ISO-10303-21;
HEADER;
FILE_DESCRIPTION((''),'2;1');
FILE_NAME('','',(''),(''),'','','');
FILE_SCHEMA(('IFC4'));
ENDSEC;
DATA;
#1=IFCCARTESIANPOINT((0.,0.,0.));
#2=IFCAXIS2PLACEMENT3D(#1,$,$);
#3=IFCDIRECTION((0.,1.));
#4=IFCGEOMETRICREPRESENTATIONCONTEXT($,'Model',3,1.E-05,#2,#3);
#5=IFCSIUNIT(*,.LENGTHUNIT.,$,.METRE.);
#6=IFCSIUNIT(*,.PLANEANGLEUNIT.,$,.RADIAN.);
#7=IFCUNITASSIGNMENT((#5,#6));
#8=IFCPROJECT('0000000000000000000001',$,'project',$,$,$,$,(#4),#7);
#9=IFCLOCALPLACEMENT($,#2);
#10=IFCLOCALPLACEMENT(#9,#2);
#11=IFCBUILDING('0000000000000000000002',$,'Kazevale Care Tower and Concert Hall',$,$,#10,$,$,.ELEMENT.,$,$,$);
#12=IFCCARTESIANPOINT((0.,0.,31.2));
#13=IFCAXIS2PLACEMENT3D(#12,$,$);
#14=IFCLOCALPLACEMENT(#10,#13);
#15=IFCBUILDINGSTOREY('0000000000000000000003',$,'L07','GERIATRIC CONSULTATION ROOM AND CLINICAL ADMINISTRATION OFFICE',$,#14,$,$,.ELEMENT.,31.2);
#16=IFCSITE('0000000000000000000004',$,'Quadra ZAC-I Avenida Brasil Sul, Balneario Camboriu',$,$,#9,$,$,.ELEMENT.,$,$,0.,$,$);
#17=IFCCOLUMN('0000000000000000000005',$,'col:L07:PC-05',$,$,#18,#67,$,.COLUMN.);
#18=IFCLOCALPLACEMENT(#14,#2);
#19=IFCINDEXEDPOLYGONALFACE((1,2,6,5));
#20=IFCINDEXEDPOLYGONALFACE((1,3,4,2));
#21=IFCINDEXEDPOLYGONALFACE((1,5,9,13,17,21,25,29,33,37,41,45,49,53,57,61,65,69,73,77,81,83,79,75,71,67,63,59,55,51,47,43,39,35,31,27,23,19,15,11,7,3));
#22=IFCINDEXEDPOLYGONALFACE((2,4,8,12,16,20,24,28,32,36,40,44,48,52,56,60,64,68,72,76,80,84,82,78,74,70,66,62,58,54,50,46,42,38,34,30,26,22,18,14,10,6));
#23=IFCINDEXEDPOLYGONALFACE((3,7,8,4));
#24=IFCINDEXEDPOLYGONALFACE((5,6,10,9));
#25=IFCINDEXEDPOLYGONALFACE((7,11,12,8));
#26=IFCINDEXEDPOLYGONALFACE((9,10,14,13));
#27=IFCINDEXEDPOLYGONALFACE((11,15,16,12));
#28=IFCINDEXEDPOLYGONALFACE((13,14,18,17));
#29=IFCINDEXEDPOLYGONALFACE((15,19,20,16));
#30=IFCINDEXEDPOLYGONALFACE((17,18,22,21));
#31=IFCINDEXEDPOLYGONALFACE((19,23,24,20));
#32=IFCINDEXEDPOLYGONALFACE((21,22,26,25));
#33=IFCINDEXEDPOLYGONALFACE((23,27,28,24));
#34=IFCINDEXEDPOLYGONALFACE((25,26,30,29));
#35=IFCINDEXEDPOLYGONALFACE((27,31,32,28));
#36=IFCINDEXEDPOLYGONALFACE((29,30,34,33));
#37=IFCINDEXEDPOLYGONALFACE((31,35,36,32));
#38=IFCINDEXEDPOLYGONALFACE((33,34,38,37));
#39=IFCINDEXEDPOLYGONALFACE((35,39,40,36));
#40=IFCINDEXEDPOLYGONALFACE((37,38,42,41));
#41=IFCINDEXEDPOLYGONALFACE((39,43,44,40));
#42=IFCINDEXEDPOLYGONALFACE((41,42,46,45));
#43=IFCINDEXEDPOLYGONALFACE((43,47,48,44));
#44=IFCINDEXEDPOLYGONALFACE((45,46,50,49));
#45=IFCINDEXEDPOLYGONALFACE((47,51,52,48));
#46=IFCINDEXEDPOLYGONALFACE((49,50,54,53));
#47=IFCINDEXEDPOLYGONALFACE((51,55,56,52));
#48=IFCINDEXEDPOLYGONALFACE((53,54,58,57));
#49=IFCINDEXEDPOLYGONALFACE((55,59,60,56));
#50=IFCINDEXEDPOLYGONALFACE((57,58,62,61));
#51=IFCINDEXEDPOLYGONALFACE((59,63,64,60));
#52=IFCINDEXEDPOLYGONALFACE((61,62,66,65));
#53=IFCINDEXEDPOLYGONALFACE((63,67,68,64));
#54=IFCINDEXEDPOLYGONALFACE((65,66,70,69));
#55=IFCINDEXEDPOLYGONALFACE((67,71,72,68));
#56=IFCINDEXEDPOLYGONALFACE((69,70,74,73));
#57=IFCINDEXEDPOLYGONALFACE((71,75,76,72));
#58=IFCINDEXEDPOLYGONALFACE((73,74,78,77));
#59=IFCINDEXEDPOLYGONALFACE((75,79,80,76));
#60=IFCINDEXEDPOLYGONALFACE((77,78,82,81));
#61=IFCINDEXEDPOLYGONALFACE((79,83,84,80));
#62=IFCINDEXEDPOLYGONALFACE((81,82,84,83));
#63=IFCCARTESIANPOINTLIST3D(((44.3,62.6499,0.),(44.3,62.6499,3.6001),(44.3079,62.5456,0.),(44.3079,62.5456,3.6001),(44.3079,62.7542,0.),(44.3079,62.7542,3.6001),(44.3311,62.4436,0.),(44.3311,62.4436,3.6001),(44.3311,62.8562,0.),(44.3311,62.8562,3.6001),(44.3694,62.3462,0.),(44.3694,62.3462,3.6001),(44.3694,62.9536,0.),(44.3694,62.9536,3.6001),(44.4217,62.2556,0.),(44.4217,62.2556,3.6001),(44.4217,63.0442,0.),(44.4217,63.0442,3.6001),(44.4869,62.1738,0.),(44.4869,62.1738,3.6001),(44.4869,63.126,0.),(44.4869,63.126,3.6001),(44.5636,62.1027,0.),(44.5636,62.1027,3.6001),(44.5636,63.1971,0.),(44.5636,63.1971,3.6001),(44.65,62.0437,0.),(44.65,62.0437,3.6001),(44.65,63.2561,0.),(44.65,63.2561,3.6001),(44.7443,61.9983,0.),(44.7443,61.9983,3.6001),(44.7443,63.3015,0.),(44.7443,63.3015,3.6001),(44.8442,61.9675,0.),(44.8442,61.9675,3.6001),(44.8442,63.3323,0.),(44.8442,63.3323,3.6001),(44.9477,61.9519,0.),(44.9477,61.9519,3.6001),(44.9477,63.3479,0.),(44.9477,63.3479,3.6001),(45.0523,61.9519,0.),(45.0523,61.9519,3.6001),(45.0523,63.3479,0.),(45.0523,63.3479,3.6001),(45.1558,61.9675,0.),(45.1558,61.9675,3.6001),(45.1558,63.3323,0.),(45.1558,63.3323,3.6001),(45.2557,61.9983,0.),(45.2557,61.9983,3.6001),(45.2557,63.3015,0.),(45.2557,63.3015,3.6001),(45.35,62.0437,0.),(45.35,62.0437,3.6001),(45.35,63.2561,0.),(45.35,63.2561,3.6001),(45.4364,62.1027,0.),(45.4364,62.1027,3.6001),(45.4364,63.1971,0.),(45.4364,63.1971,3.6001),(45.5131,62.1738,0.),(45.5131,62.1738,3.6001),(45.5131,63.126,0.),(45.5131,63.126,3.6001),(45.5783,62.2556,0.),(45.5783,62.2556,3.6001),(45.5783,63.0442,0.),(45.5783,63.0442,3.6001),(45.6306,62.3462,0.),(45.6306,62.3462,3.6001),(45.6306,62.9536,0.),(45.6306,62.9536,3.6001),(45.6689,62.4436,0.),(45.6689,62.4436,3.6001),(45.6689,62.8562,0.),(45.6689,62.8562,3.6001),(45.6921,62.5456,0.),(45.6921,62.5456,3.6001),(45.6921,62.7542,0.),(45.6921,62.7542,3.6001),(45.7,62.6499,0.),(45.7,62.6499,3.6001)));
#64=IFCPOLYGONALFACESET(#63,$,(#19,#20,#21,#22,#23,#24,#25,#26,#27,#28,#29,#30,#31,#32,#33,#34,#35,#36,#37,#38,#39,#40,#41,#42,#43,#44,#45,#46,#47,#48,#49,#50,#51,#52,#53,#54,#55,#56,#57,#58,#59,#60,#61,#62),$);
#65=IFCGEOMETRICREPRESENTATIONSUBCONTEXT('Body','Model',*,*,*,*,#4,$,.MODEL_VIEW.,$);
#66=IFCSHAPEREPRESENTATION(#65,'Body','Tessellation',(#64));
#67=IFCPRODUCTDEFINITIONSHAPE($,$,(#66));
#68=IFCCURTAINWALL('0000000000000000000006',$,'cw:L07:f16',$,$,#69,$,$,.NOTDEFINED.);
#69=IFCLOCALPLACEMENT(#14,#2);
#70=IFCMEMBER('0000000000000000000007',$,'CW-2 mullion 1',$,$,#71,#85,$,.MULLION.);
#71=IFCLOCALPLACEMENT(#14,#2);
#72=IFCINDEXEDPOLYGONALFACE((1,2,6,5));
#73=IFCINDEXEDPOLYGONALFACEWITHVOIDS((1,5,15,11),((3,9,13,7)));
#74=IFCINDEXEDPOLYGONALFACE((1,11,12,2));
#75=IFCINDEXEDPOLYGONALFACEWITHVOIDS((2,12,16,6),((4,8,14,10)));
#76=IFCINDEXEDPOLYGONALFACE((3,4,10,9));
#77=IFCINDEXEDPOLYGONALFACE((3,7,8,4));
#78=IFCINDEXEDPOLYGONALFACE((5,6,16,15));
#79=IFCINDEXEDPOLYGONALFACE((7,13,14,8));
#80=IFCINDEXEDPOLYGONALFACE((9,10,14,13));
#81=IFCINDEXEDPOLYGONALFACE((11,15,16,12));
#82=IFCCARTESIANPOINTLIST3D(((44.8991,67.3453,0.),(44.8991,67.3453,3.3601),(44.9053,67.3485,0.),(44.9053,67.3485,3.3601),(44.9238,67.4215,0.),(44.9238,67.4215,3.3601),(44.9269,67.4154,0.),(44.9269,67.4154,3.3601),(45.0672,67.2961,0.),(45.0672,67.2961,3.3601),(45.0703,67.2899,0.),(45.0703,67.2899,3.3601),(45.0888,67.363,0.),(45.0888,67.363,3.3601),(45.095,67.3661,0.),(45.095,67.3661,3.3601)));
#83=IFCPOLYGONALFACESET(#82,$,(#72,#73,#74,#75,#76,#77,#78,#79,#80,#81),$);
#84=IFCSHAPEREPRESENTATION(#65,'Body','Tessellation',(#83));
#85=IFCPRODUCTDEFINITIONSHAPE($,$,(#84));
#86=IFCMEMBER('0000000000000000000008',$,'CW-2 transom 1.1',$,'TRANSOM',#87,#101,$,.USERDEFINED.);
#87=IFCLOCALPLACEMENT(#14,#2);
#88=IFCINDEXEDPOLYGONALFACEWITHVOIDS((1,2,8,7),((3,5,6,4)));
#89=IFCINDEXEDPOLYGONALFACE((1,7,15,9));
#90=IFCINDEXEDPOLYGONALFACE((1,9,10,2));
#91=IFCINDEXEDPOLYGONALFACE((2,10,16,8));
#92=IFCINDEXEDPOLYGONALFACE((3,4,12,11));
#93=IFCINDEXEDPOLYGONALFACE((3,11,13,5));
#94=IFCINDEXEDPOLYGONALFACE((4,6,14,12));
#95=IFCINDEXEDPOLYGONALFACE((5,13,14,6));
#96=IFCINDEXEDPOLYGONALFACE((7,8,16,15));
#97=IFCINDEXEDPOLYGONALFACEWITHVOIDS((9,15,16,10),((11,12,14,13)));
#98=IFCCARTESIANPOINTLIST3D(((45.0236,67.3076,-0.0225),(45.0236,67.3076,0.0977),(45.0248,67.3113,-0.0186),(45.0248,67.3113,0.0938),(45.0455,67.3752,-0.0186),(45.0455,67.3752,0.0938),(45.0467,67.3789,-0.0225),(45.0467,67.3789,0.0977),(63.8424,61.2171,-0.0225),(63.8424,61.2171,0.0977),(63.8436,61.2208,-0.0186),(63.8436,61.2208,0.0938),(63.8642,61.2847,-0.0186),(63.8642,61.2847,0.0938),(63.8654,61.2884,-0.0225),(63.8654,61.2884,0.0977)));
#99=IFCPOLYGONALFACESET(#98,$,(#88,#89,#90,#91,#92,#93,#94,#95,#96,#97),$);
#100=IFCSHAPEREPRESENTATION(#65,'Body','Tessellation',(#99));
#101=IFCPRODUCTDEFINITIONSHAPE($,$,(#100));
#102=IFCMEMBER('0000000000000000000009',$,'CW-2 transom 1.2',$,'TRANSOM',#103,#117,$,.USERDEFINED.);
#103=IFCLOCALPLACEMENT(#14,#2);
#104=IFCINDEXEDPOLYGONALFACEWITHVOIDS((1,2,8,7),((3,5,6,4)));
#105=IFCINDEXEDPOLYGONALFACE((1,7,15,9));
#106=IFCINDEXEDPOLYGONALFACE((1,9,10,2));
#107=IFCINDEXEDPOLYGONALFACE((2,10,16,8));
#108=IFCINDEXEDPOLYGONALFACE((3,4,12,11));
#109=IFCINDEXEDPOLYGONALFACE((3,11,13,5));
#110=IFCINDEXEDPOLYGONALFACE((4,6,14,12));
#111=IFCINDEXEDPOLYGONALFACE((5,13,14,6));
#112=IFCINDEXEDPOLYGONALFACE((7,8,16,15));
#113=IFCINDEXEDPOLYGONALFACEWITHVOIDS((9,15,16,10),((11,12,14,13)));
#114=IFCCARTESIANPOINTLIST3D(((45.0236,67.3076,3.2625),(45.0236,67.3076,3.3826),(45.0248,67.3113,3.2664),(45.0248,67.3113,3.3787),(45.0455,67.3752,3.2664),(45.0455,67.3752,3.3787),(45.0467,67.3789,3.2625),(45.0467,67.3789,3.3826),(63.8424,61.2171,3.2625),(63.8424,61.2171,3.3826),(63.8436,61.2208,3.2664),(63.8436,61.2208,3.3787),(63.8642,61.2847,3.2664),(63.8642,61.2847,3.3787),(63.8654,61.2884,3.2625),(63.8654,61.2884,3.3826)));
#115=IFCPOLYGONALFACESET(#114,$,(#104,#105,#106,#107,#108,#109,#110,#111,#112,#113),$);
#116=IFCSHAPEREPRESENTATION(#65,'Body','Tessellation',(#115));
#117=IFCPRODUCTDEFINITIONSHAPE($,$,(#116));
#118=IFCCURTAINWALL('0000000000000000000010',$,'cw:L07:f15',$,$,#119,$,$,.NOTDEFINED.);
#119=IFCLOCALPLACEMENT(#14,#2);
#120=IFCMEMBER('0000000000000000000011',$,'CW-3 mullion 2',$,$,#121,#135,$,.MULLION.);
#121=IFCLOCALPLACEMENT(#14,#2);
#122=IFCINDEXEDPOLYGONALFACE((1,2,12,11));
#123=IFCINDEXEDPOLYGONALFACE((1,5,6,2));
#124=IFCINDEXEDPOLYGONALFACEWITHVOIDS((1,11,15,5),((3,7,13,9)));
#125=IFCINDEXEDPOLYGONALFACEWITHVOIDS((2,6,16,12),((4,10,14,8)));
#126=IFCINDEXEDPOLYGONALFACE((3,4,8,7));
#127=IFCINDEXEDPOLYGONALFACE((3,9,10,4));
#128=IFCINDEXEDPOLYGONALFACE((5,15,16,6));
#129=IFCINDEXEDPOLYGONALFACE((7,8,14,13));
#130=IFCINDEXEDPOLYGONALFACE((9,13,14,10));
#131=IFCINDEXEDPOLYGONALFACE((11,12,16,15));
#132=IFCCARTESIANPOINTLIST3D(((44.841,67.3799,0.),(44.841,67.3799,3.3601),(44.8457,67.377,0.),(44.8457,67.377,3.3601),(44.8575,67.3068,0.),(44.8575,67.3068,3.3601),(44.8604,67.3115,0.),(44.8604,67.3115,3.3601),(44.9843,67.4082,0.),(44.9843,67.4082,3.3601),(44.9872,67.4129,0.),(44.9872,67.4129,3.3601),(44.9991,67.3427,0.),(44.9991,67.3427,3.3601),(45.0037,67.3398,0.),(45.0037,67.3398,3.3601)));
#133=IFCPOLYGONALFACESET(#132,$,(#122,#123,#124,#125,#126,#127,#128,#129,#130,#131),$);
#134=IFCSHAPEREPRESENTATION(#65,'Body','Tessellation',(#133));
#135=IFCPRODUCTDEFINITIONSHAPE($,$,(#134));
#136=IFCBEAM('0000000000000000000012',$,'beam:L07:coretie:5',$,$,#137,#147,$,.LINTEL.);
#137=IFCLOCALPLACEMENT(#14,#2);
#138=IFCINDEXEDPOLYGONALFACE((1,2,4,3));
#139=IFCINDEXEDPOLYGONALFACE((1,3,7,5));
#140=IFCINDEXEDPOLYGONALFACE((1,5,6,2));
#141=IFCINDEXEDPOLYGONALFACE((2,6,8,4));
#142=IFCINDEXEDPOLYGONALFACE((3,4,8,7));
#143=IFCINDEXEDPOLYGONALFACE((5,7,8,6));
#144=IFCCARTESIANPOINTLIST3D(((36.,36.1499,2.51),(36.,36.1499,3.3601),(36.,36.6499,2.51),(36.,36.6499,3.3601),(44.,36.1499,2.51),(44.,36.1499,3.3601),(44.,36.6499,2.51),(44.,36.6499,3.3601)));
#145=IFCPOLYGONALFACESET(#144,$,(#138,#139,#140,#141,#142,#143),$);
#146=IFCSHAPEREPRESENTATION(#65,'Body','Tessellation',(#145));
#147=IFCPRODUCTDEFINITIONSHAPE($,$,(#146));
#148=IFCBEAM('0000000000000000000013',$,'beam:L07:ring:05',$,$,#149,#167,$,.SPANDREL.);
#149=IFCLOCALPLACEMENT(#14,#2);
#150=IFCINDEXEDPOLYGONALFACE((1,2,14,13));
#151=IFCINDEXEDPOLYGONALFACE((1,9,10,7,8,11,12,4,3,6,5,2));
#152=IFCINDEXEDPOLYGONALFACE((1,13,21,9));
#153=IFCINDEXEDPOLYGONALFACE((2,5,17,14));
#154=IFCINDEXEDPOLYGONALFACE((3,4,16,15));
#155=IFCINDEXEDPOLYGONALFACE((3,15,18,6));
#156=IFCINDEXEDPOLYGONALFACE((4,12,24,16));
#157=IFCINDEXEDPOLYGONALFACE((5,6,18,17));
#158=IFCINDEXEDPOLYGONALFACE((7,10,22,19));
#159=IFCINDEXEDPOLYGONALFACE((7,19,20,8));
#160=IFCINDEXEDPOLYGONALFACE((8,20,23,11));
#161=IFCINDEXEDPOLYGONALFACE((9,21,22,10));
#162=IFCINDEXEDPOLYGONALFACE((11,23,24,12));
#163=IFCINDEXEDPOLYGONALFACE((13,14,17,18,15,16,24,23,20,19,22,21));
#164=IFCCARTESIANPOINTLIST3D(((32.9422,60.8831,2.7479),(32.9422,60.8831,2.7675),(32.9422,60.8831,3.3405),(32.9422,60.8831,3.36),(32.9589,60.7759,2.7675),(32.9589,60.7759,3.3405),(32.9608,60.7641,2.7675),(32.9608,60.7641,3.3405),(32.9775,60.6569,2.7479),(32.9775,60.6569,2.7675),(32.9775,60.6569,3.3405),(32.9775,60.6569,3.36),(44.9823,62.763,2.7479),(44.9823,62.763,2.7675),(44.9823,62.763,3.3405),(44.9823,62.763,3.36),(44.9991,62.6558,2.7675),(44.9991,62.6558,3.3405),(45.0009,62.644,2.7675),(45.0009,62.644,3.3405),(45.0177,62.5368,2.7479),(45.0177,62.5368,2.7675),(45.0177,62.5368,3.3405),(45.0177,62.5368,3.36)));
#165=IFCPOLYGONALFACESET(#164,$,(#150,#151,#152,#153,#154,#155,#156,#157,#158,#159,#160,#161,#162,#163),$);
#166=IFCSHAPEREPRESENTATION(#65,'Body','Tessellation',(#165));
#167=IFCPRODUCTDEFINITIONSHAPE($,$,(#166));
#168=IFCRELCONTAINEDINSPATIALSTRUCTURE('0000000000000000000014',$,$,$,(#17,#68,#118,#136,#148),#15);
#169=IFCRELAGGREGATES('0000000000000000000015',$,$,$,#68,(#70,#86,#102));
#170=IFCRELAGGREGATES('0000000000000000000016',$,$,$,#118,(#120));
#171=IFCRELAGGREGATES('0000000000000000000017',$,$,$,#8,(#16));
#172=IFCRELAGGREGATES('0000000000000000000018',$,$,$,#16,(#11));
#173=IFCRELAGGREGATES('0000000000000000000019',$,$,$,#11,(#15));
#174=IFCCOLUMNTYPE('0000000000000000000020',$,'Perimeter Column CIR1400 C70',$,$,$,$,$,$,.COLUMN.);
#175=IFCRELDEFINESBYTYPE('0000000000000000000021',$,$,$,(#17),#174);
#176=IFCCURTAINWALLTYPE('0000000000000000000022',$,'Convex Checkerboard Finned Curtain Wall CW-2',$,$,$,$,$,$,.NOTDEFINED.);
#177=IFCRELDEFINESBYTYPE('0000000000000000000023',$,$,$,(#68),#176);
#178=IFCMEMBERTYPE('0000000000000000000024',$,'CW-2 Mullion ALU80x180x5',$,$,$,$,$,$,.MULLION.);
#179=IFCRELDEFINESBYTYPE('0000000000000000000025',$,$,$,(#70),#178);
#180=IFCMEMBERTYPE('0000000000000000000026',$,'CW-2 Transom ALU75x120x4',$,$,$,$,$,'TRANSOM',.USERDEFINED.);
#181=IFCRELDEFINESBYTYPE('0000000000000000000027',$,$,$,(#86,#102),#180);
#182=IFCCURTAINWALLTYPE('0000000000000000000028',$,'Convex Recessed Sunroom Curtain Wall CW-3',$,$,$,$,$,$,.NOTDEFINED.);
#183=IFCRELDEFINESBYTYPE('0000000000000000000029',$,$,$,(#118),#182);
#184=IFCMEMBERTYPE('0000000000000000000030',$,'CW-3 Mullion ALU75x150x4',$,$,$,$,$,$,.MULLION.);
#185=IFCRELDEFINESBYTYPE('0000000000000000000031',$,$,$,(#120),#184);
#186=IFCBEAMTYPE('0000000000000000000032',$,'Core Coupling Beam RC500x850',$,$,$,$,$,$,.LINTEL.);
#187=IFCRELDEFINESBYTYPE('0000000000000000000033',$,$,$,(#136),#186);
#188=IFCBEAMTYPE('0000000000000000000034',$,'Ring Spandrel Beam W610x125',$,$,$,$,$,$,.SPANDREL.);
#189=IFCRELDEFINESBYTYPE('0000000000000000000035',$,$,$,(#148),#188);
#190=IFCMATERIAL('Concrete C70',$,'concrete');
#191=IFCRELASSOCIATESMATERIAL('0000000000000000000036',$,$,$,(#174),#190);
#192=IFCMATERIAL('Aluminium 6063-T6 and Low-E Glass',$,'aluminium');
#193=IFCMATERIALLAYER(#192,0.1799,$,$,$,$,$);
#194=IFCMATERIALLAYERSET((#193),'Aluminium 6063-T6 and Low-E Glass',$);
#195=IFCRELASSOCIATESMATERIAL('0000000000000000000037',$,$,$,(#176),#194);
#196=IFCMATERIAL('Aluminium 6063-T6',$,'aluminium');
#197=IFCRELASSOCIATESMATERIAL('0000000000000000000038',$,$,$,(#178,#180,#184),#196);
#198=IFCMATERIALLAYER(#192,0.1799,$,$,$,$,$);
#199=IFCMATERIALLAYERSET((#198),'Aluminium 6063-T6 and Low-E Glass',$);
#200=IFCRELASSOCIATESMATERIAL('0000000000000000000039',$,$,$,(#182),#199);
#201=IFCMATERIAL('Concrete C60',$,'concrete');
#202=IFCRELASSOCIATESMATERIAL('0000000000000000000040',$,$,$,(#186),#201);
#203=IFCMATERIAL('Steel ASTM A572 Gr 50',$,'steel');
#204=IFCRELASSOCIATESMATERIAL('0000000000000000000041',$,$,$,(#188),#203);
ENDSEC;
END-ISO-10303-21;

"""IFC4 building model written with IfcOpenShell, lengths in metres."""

from ifc_helpers import new_model, si_unit, direction, frame, origin, origin_2d, place, context, subcontext, project, spatial, rectangle, hollow_rectangle, circle, i_section, extrude, material, layer, layer_set, material_profile, profile_set, type_object, element, aggregate, save


model = new_model("IFC4")

# Units and contexts
model_context = context("Model", 3, precision=1e-05, world=origin(), true_north=direction((0.0, 1.0)))
body_context = subcontext(model_context, "Body", "Model", "MODEL_VIEW")
ifc_project = project(units=[si_unit("LENGTHUNIT", "METRE"), si_unit("PLANEANGLEUNIT", "RADIAN")], contexts=[model_context])

# Site, building, storey
site_placement = place(None, origin())
site = spatial("IfcSite", under=ifc_project, at=site_placement, Name="Quadra ZAC-I Avenida Brasil Sul, Balneario Camboriu", CompositionType="ELEMENT", RefElevation=0.0)
building_placement = place(site_placement, origin())
building = spatial("IfcBuilding", under=site, at=building_placement, Name="Kazevale Care Tower and Concert Hall", CompositionType="ELEMENT")
storey_placement = place(building_placement, frame((0.0, 0.0, 31.2)))
storey = spatial("IfcBuildingStorey", under=building, at=storey_placement, Name="L07", Description="GERIATRIC CONSULTATION ROOM AND CLINICAL ADMINISTRATION OFFICE", CompositionType="ELEMENT", Elevation=31.2)

# Column
ifc_material_1 = material(Name="Concrete C70", Category="concrete")
ifc_material_profile_1 = material_profile(ifc_material_1, circle(Radius=0.7, at=origin_2d()), Name="RC-CIR1400")
ifc_profile_set_1 = profile_set([ifc_material_profile_1], Name="Concrete C70")
column_type = type_object("IfcColumnType", Name="Perimeter Column CIR1400 C70", PredefinedType="COLUMN", material=ifc_profile_set_1)
column_placement = place(storey_placement, frame((45.0, 62.6499, 0.0), z_axis=(0.0, 0.0, 1.0), x_axis=(1.0, 0.0, 0.0)))
element("IfcColumn", 1, at=column_placement, inside=storey, type_object=column_type, Name="col:L07:PC-05", PredefinedType="COLUMN", context=body_context, shape_type="SweptSolid", body=[
    extrude(circle(Radius=0.7, at=origin_2d()), origin(), (0.0, 0.0, 1.0), 3.6001),
])

# Curtain wall, members
ifc_material_2 = material(Name="Aluminium 6063-T6 and Low-E Glass", Category="aluminium")
ifc_layer_1 = layer(ifc_material_2, 0.1799)
ifc_layer_set_1 = layer_set([ifc_layer_1], Name="Aluminium 6063-T6 and Low-E Glass")
curtain_wall_type_1 = type_object("IfcCurtainWallType", Name="Convex Checkerboard Finned Curtain Wall CW-2", PredefinedType="NOTDEFINED", material=ifc_layer_set_1)
curtain_wall_1_placement = place(storey_placement, origin())
curtain_wall_1 = element("IfcCurtainWall", 2, at=curtain_wall_1_placement, inside=storey, type_object=curtain_wall_type_1, Name="cw:L07:f16", PredefinedType="NOTDEFINED")
ifc_material_3 = material(Name="Aluminium 6063-T6", Category="aluminium")
ifc_material_profile_2 = material_profile(ifc_material_3, hollow_rectangle(XDim=0.0801, YDim=0.1799, WallThickness=0.0049, at=origin_2d()), Name="ALU80x180x5")
ifc_profile_set_2 = profile_set([ifc_material_profile_2], Name="Aluminium 6063-T6")
member_type_1 = type_object("IfcMemberType", Name="CW-2 Mullion ALU80x180x5", PredefinedType="MULLION", material=ifc_profile_set_2)
member_1_placement = place(storey_placement, frame((44.9971, 67.3557, 0.0), z_axis=(0.0, 0.0, 1.0), x_axis=(0.307926, 0.95141, 0.0)))
member_1 = element("IfcMember", 3, at=member_1_placement, type_object=member_type_1, Name="CW-2 mullion 1", PredefinedType="MULLION", context=body_context, shape_type="SweptSolid", body=[
    extrude(hollow_rectangle(XDim=0.0801, YDim=0.1799, WallThickness=0.0049, at=origin_2d()), origin(), (0.0, 0.0, 1.0), 3.3601),
])
ifc_material_profile_3 = material_profile(ifc_material_3, hollow_rectangle(XDim=0.075, YDim=0.1201, WallThickness=0.0039, at=origin_2d()), Name="ALU75x120x4")
ifc_profile_set_3 = profile_set([ifc_material_profile_3], Name="Aluminium 6063-T6")
member_type_2 = type_object("IfcMemberType", Name="CW-2 Transom ALU75x120x4", ElementType="TRANSOM", PredefinedType="USERDEFINED", material=ifc_profile_set_3)
member_2_placement = place(storey_placement, frame((45.0352, 67.3433, 0.0376), z_axis=(0.951413, -0.307918, 0.0), x_axis=(0.307918, 0.951413, 0.0)))
member_2 = element("IfcMember", 4, at=member_2_placement, type_object=member_type_2, Name="CW-2 transom 1.1", ObjectType="TRANSOM", PredefinedType="USERDEFINED", context=body_context, shape_type="SweptSolid", body=[
    extrude(hollow_rectangle(XDim=0.075, YDim=0.1201, WallThickness=0.0039, at=origin_2d()), origin(), (0.0, 0.0, 1.0), 19.7798),
])
member_3_placement = place(storey_placement, frame((45.0352, 67.3433, 3.3225), z_axis=(0.951413, -0.307918, 0.0), x_axis=(0.307918, 0.951413, 0.0)))
member_3 = element("IfcMember", 5, at=member_3_placement, type_object=member_type_2, Name="CW-2 transom 1.2", ObjectType="TRANSOM", PredefinedType="USERDEFINED", context=body_context, shape_type="SweptSolid", body=[
    extrude(hollow_rectangle(XDim=0.075, YDim=0.1201, WallThickness=0.0039, at=origin_2d()), origin(), (0.0, 0.0, 1.0), 19.7798),
])
aggregate(curtain_wall_1, [member_1, member_2, member_3])

# Curtain wall, member
ifc_layer_2 = layer(ifc_material_2, 0.1799)
ifc_layer_set_2 = layer_set([ifc_layer_2], Name="Aluminium 6063-T6 and Low-E Glass")
curtain_wall_type_2 = type_object("IfcCurtainWallType", Name="Convex Recessed Sunroom Curtain Wall CW-3", PredefinedType="NOTDEFINED", material=ifc_layer_set_2)
curtain_wall_2_placement = place(storey_placement, origin())
curtain_wall_2 = element("IfcCurtainWall", 6, at=curtain_wall_2_placement, inside=storey, type_object=curtain_wall_type_2, Name="cw:L07:f15", PredefinedType="NOTDEFINED")
ifc_material_profile_4 = material_profile(ifc_material_3, hollow_rectangle(XDim=0.075, YDim=0.1499, WallThickness=0.0039, at=origin_2d()), Name="ALU75x150x4")
ifc_profile_set_4 = profile_set([ifc_material_profile_4], Name="Aluminium 6063-T6")
member_type_3 = type_object("IfcMemberType", Name="CW-3 Mullion ALU75x150x4", PredefinedType="MULLION", material=ifc_profile_set_4)
member_4_placement = place(storey_placement, frame((44.9224, 67.3599, 0.0), z_axis=(0.0, 0.0, 1.0), x_axis=(-0.219911, 0.97552, 0.0)))
member_4 = element("IfcMember", 7, at=member_4_placement, type_object=member_type_3, Name="CW-3 mullion 2", PredefinedType="MULLION", context=body_context, shape_type="SweptSolid", body=[
    extrude(hollow_rectangle(XDim=0.075, YDim=0.1499, WallThickness=0.0039, at=origin_2d()), origin(), (0.0, 0.0, 1.0), 3.3601),
])

# Beams
ifc_material_4 = material(Name="Concrete C60", Category="concrete")
ifc_material_profile_5 = material_profile(ifc_material_4, rectangle(XDim=0.5, YDim=0.8501, at=origin_2d()), Name="RC-B500x850")
ifc_profile_set_5 = profile_set([ifc_material_profile_5], Name="Concrete C60")
beam_type_1 = type_object("IfcBeamType", Name="Core Coupling Beam RC500x850", PredefinedType="LINTEL", material=ifc_profile_set_5)
beam_1_placement = place(storey_placement, frame((44.0, 36.3999, 2.9351), z_axis=(-1.0, 0.0, 0.0), x_axis=(0.0, -1.0, 0.0)))
element("IfcBeam", 8, at=beam_1_placement, inside=storey, type_object=beam_type_1, Name="beam:L07:coretie:5", PredefinedType="LINTEL", context=body_context, shape_type="SweptSolid", body=[
    extrude(rectangle(XDim=0.5, YDim=0.8501, at=origin_2d()), origin(), (0.0, 0.0, 1.0), 8.0),
])
ifc_material_5 = material(Name="Steel ASTM A572 Gr 50", Category="steel")
ifc_material_profile_6 = material_profile(ifc_material_5, i_section(OverallWidth=0.229, OverallDepth=0.6121, WebThickness=0.012, FlangeThickness=0.0195, at=origin_2d()), Name="W610x125")
ifc_profile_set_6 = profile_set([ifc_material_profile_6], Name="Steel ASTM A572 Gr 50")
beam_type_2 = type_object("IfcBeamType", Name="Ring Spandrel Beam W610x125", PredefinedType="SPANDREL", material=ifc_profile_set_6)
beam_2_placement = place(storey_placement, frame((45.0, 62.6499, 3.054), z_axis=(-0.988029, -0.154267, 0.0), x_axis=(0.154267, -0.988029, 0.0)))
element("IfcBeam", 9, at=beam_2_placement, inside=storey, type_object=beam_type_2, Name="beam:L07:ring:05", PredefinedType="SPANDREL", context=body_context, shape_type="SweptSolid", body=[
    extrude(i_section(OverallWidth=0.229, OverallDepth=0.6121, WebThickness=0.012, FlangeThickness=0.0195, at=origin_2d()), origin(), (0.0, 0.0, 1.0), 12.186),
])

aggregate(curtain_wall_2, [member_4])

save(model, "model.ifc")
